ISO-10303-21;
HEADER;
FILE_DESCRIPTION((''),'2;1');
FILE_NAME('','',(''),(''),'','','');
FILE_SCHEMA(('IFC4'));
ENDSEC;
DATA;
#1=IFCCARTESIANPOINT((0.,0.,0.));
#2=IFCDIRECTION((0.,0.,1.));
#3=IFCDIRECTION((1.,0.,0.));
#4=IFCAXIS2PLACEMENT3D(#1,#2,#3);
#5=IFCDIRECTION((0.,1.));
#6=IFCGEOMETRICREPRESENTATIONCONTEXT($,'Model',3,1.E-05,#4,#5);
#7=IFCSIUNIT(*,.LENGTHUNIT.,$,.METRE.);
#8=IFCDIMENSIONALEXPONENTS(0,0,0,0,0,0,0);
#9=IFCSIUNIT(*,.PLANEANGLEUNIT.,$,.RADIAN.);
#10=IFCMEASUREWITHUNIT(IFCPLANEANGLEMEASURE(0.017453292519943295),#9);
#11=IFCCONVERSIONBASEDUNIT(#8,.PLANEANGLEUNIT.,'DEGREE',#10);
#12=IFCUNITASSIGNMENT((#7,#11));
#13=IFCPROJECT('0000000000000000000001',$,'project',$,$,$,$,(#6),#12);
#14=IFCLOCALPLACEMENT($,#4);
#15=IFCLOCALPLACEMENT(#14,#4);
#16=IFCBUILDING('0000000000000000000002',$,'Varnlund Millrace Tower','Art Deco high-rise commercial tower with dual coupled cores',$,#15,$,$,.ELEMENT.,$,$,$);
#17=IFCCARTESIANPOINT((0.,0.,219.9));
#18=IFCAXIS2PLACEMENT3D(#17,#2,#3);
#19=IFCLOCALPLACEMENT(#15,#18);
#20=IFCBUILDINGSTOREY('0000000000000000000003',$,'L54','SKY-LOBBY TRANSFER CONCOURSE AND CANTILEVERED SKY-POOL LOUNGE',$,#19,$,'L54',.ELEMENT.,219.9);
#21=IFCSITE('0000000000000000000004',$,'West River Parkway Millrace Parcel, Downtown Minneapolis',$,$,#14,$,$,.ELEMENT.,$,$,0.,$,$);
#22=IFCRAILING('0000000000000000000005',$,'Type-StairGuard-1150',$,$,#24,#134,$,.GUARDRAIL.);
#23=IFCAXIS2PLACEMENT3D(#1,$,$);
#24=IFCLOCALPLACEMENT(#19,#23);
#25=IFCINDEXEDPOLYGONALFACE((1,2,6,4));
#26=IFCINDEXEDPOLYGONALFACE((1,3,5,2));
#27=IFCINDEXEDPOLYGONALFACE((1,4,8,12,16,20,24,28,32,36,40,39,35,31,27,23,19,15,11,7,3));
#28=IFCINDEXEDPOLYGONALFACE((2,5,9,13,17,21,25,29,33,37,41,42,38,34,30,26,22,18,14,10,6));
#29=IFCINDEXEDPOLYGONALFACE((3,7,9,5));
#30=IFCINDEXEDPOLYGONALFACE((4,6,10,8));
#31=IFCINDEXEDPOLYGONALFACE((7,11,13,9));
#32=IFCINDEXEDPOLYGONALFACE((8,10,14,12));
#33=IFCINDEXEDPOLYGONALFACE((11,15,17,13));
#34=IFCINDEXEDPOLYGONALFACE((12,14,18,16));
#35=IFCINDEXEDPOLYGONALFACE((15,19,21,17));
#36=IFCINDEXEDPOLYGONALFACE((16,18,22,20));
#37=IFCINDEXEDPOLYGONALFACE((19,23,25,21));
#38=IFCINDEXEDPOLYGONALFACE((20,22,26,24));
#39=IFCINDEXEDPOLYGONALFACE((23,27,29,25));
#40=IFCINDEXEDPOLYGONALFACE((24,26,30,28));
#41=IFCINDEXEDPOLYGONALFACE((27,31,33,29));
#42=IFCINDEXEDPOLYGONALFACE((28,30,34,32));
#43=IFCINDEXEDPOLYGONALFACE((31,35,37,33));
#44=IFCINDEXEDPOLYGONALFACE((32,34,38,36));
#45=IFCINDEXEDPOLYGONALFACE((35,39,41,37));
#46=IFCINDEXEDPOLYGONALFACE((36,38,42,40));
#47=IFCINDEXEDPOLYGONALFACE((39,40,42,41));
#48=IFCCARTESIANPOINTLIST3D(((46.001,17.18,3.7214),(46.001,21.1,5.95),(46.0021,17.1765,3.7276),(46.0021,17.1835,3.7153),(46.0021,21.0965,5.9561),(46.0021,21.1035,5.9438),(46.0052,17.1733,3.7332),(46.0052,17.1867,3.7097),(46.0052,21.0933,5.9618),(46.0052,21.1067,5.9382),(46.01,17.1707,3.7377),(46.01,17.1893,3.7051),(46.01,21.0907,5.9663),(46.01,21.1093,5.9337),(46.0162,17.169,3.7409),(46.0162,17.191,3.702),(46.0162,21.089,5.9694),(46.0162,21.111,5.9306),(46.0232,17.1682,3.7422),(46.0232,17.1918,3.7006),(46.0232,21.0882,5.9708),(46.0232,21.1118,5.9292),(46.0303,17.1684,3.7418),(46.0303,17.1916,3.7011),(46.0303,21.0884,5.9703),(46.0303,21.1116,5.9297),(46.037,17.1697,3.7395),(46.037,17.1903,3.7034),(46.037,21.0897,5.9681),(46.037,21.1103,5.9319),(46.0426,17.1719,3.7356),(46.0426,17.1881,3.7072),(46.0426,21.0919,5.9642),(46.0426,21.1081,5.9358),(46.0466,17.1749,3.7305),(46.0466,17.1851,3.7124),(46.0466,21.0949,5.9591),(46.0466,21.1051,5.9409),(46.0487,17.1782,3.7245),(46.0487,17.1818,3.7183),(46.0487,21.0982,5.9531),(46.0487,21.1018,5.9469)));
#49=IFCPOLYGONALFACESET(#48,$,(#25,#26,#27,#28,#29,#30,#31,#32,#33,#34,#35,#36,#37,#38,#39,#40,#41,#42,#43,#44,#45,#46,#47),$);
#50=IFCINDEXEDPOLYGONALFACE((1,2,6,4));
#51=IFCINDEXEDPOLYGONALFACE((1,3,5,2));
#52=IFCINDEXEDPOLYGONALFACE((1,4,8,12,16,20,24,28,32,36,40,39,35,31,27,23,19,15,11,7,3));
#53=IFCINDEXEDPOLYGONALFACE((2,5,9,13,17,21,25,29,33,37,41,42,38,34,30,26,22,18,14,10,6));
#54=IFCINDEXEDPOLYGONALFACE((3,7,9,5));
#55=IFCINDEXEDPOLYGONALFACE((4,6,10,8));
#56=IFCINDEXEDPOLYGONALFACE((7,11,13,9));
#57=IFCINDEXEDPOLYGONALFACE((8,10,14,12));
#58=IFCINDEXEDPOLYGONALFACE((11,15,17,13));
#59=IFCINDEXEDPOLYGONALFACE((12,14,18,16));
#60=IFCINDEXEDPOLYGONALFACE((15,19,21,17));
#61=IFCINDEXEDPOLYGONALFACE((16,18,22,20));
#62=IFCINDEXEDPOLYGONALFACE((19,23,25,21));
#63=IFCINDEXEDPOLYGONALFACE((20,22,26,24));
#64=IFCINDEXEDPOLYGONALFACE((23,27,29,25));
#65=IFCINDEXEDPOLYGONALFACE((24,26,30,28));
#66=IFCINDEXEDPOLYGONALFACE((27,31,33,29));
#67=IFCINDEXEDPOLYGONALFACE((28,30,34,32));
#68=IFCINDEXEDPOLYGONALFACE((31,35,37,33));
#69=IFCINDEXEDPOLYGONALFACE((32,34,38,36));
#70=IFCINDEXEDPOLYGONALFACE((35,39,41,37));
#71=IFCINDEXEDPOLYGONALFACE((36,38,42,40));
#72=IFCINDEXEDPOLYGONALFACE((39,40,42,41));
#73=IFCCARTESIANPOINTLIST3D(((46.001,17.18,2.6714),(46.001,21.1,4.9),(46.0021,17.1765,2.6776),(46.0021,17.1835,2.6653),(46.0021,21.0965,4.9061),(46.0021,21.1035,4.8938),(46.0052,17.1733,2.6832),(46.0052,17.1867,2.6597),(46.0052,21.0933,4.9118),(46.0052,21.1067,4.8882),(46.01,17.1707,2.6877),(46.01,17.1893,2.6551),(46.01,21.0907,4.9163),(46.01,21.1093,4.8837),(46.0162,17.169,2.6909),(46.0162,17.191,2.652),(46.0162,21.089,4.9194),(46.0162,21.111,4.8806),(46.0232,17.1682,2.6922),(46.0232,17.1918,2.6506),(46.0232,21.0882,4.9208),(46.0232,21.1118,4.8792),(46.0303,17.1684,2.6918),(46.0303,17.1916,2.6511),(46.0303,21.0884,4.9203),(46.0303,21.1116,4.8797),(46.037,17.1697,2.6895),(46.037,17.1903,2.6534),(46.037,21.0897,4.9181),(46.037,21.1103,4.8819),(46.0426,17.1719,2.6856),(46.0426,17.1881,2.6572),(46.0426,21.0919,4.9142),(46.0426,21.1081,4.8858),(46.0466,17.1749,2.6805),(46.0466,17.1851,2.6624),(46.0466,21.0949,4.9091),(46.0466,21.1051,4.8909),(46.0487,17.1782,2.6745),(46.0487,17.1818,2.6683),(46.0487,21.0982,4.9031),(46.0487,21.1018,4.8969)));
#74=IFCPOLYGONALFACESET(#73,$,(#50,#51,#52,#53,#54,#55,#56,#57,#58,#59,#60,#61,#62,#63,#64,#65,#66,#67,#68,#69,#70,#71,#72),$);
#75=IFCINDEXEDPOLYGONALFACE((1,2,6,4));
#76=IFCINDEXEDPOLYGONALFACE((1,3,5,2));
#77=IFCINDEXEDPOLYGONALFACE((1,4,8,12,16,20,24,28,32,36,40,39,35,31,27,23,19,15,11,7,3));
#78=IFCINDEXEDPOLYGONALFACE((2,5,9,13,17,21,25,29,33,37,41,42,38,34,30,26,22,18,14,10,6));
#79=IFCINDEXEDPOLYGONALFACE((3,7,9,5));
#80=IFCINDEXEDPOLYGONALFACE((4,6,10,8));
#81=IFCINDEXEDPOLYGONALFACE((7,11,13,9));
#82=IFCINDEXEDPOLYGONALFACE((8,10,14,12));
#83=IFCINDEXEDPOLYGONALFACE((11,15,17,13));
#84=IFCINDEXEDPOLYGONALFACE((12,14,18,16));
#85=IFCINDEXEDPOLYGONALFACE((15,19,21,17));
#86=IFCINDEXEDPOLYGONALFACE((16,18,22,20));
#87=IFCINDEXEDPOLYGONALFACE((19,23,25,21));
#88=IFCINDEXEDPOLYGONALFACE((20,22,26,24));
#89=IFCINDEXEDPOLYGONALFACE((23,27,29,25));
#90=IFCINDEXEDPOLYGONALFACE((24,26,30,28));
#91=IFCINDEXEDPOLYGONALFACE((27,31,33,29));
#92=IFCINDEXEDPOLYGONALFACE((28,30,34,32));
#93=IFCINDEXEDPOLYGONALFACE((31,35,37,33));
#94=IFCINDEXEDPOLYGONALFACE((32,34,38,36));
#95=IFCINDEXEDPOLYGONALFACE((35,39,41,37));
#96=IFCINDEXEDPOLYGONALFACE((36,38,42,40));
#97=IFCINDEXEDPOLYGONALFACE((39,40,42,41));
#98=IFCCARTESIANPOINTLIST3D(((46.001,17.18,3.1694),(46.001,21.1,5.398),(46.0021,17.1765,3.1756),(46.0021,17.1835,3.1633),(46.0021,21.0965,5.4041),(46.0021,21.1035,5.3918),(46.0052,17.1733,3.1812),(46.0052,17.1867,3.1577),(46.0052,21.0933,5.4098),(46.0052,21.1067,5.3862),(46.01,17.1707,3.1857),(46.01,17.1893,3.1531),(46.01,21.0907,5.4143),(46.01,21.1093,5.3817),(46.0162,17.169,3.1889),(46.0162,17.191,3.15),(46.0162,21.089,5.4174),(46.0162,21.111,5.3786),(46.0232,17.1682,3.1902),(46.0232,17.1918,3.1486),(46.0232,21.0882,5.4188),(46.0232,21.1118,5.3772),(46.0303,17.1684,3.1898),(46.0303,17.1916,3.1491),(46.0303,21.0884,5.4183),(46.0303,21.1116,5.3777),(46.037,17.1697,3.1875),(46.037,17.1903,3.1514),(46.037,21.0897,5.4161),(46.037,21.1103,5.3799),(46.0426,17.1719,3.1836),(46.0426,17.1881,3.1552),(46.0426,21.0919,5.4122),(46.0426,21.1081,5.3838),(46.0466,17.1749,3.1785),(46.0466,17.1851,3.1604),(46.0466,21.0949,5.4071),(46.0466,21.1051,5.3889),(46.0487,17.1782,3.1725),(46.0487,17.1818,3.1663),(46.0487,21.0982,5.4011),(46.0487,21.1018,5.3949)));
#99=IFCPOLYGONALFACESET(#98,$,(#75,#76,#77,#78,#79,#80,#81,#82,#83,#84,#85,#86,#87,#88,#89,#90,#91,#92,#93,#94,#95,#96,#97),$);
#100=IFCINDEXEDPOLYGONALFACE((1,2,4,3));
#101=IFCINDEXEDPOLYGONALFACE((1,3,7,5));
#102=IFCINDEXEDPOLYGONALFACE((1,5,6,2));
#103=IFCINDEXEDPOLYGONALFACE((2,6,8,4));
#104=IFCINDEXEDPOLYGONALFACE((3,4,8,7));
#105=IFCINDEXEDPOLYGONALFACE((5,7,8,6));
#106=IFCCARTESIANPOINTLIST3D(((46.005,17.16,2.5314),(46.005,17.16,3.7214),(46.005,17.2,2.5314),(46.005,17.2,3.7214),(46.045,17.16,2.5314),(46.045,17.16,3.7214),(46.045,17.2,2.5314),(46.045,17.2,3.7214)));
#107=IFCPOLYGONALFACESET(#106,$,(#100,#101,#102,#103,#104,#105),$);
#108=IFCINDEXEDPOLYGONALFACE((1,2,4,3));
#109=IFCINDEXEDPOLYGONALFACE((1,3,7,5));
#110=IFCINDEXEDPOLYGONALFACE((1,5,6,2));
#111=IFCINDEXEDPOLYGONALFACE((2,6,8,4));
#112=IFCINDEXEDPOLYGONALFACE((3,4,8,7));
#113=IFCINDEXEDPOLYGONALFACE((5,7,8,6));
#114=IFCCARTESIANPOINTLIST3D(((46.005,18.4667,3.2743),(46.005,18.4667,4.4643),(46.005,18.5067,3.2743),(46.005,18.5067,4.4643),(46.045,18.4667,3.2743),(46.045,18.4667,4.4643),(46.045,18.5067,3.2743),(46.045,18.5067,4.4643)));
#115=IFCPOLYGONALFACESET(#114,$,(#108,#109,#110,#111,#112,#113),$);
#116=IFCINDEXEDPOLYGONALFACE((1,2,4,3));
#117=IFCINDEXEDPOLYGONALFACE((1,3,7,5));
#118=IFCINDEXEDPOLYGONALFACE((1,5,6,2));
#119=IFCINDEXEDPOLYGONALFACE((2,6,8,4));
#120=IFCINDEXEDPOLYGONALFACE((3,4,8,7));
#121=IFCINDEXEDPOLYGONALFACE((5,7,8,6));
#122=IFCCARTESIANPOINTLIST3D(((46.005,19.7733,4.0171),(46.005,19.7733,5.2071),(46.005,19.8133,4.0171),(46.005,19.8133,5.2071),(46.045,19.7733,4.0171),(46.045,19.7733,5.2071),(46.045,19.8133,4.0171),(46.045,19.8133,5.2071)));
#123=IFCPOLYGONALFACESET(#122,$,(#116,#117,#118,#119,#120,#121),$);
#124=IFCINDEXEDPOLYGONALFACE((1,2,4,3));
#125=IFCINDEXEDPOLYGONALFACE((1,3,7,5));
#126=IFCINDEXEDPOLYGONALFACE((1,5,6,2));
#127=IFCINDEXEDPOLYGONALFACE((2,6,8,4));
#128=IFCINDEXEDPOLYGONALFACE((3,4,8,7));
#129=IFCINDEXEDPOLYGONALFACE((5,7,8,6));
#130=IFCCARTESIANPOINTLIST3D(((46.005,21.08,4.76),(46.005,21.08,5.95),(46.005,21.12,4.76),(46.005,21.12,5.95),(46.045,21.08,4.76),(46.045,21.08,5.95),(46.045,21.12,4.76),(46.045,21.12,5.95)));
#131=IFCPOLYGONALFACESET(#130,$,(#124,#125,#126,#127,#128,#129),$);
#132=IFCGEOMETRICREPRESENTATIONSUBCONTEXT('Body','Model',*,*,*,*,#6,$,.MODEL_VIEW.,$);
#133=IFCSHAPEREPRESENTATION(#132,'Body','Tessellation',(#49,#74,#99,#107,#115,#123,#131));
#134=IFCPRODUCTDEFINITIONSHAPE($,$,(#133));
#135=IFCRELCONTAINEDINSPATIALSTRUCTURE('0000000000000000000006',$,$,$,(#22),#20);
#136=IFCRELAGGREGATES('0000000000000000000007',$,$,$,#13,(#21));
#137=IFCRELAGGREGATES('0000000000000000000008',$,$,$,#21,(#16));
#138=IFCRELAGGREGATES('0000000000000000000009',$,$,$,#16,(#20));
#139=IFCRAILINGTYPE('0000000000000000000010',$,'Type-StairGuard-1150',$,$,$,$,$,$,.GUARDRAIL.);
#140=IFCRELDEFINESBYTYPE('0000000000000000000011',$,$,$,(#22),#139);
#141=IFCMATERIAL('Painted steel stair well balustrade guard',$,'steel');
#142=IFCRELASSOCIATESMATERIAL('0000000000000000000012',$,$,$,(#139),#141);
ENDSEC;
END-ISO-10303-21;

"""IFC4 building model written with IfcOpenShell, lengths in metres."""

from ifc_helpers import new_model, entity, si_unit, converted_unit, direction, frame, origin_with_axes, origin_2d_with_axis, place, context, subcontext, project, spatial, rectangle, circle, extrude, material, type_object, element, save


model = new_model("IFC4")

# Units and contexts
model_context = context("Model", 3, precision=1e-05, world=origin_with_axes(), true_north=direction((0.0, 1.0)))
body_context = subcontext(model_context, "Body", "Model", "MODEL_VIEW")
ifc_project = project(units=[si_unit("LENGTHUNIT", "METRE"), converted_unit("PLANEANGLEUNIT", "DEGREE", entity("IfcPlaneAngleMeasure", 0.017453292519943295), si_unit("PLANEANGLEUNIT", "RADIAN"), dimensions=[0, 0, 0, 0, 0, 0, 0])], contexts=[model_context])

# Site, building, storey
site_placement = place(None, origin_with_axes())
site = spatial("IfcSite", under=ifc_project, at=site_placement, Name="West River Parkway Millrace Parcel, Downtown Minneapolis", CompositionType="ELEMENT", RefElevation=0.0)
building_placement = place(site_placement, origin_with_axes())
building = spatial("IfcBuilding", under=site, at=building_placement, Name="Varnlund Millrace Tower", Description="Art Deco high-rise commercial tower with dual coupled cores", CompositionType="ELEMENT")
storey_placement = place(building_placement, frame((0.0, 0.0, 219.9), z_axis=(0.0, 0.0, 1.0), x_axis=(1.0, 0.0, 0.0)))
storey = spatial("IfcBuildingStorey", under=building, at=storey_placement, Name="L54", Description="SKY-LOBBY TRANSFER CONCOURSE AND CANTILEVERED SKY-POOL LOUNGE", LongName="L54", CompositionType="ELEMENT", Elevation=219.9)

# Railing
ifc_material_1 = material(Name="Painted steel stair well balustrade guard", Category="steel")
railing_type_1 = type_object("IfcRailingType", Name="Type-StairGuard-1150", PredefinedType="GUARDRAIL", material=ifc_material_1)
railing_1_placement = place(storey_placement, frame((0.0, 0.0, -219.9), z_axis=(0.0, 0.0, 1.0), x_axis=(1.0, 0.0, 0.0)))
element("IfcRailing", 1, at=railing_1_placement, inside=storey, type_object=railing_type_1, Name="Type-StairGuard-1150", PredefinedType="GUARDRAIL", context=body_context, shape_type="SweptSolid", body=[
    extrude(circle(Radius=0.024, at=origin_2d_with_axis()), frame((46.025, 17.18, 223.6214), z_axis=(0.0, 0.869333, 0.494227), x_axis=(-1.0, 0.0, 0.0)), (0.0, 0.0, 1.0), 4.5092),
    extrude(circle(Radius=0.024, at=origin_2d_with_axis()), frame((46.025, 17.18, 222.5714), z_axis=(0.0, 0.869333, 0.494227), x_axis=(-1.0, 0.0, 0.0)), (0.0, 0.0, 1.0), 4.5092),
    extrude(circle(Radius=0.024, at=origin_2d_with_axis()), frame((46.025, 17.18, 223.0694), z_axis=(0.0, 0.869333, 0.494227), x_axis=(-1.0, 0.0, 0.0)), (0.0, 0.0, 1.0), 4.5092),
    extrude(rectangle(XDim=0.04, YDim=0.04, at=origin_2d_with_axis()), frame((46.025, 17.18, 222.4314), z_axis=(0.0, 0.0, 1.0), x_axis=(1.0, 0.0, 0.0)), (0.0, 0.0, 1.0), 1.19),
    extrude(rectangle(XDim=0.04, YDim=0.04, at=origin_2d_with_axis()), frame((46.025, 18.4867, 223.1743), z_axis=(0.0, 0.0, 1.0), x_axis=(1.0, 0.0, 0.0)), (0.0, 0.0, 1.0), 1.19),
    extrude(rectangle(XDim=0.04, YDim=0.04, at=origin_2d_with_axis()), frame((46.025, 19.7933, 223.9171), z_axis=(0.0, 0.0, 1.0), x_axis=(1.0, 0.0, 0.0)), (0.0, 0.0, 1.0), 1.19),
    extrude(rectangle(XDim=0.04, YDim=0.04, at=origin_2d_with_axis()), frame((46.025, 21.1, 224.66), z_axis=(0.0, 0.0, 1.0), x_axis=(1.0, 0.0, 0.0)), (0.0, 0.0, 1.0), 1.19),
])

save(model, "model.ifc")
